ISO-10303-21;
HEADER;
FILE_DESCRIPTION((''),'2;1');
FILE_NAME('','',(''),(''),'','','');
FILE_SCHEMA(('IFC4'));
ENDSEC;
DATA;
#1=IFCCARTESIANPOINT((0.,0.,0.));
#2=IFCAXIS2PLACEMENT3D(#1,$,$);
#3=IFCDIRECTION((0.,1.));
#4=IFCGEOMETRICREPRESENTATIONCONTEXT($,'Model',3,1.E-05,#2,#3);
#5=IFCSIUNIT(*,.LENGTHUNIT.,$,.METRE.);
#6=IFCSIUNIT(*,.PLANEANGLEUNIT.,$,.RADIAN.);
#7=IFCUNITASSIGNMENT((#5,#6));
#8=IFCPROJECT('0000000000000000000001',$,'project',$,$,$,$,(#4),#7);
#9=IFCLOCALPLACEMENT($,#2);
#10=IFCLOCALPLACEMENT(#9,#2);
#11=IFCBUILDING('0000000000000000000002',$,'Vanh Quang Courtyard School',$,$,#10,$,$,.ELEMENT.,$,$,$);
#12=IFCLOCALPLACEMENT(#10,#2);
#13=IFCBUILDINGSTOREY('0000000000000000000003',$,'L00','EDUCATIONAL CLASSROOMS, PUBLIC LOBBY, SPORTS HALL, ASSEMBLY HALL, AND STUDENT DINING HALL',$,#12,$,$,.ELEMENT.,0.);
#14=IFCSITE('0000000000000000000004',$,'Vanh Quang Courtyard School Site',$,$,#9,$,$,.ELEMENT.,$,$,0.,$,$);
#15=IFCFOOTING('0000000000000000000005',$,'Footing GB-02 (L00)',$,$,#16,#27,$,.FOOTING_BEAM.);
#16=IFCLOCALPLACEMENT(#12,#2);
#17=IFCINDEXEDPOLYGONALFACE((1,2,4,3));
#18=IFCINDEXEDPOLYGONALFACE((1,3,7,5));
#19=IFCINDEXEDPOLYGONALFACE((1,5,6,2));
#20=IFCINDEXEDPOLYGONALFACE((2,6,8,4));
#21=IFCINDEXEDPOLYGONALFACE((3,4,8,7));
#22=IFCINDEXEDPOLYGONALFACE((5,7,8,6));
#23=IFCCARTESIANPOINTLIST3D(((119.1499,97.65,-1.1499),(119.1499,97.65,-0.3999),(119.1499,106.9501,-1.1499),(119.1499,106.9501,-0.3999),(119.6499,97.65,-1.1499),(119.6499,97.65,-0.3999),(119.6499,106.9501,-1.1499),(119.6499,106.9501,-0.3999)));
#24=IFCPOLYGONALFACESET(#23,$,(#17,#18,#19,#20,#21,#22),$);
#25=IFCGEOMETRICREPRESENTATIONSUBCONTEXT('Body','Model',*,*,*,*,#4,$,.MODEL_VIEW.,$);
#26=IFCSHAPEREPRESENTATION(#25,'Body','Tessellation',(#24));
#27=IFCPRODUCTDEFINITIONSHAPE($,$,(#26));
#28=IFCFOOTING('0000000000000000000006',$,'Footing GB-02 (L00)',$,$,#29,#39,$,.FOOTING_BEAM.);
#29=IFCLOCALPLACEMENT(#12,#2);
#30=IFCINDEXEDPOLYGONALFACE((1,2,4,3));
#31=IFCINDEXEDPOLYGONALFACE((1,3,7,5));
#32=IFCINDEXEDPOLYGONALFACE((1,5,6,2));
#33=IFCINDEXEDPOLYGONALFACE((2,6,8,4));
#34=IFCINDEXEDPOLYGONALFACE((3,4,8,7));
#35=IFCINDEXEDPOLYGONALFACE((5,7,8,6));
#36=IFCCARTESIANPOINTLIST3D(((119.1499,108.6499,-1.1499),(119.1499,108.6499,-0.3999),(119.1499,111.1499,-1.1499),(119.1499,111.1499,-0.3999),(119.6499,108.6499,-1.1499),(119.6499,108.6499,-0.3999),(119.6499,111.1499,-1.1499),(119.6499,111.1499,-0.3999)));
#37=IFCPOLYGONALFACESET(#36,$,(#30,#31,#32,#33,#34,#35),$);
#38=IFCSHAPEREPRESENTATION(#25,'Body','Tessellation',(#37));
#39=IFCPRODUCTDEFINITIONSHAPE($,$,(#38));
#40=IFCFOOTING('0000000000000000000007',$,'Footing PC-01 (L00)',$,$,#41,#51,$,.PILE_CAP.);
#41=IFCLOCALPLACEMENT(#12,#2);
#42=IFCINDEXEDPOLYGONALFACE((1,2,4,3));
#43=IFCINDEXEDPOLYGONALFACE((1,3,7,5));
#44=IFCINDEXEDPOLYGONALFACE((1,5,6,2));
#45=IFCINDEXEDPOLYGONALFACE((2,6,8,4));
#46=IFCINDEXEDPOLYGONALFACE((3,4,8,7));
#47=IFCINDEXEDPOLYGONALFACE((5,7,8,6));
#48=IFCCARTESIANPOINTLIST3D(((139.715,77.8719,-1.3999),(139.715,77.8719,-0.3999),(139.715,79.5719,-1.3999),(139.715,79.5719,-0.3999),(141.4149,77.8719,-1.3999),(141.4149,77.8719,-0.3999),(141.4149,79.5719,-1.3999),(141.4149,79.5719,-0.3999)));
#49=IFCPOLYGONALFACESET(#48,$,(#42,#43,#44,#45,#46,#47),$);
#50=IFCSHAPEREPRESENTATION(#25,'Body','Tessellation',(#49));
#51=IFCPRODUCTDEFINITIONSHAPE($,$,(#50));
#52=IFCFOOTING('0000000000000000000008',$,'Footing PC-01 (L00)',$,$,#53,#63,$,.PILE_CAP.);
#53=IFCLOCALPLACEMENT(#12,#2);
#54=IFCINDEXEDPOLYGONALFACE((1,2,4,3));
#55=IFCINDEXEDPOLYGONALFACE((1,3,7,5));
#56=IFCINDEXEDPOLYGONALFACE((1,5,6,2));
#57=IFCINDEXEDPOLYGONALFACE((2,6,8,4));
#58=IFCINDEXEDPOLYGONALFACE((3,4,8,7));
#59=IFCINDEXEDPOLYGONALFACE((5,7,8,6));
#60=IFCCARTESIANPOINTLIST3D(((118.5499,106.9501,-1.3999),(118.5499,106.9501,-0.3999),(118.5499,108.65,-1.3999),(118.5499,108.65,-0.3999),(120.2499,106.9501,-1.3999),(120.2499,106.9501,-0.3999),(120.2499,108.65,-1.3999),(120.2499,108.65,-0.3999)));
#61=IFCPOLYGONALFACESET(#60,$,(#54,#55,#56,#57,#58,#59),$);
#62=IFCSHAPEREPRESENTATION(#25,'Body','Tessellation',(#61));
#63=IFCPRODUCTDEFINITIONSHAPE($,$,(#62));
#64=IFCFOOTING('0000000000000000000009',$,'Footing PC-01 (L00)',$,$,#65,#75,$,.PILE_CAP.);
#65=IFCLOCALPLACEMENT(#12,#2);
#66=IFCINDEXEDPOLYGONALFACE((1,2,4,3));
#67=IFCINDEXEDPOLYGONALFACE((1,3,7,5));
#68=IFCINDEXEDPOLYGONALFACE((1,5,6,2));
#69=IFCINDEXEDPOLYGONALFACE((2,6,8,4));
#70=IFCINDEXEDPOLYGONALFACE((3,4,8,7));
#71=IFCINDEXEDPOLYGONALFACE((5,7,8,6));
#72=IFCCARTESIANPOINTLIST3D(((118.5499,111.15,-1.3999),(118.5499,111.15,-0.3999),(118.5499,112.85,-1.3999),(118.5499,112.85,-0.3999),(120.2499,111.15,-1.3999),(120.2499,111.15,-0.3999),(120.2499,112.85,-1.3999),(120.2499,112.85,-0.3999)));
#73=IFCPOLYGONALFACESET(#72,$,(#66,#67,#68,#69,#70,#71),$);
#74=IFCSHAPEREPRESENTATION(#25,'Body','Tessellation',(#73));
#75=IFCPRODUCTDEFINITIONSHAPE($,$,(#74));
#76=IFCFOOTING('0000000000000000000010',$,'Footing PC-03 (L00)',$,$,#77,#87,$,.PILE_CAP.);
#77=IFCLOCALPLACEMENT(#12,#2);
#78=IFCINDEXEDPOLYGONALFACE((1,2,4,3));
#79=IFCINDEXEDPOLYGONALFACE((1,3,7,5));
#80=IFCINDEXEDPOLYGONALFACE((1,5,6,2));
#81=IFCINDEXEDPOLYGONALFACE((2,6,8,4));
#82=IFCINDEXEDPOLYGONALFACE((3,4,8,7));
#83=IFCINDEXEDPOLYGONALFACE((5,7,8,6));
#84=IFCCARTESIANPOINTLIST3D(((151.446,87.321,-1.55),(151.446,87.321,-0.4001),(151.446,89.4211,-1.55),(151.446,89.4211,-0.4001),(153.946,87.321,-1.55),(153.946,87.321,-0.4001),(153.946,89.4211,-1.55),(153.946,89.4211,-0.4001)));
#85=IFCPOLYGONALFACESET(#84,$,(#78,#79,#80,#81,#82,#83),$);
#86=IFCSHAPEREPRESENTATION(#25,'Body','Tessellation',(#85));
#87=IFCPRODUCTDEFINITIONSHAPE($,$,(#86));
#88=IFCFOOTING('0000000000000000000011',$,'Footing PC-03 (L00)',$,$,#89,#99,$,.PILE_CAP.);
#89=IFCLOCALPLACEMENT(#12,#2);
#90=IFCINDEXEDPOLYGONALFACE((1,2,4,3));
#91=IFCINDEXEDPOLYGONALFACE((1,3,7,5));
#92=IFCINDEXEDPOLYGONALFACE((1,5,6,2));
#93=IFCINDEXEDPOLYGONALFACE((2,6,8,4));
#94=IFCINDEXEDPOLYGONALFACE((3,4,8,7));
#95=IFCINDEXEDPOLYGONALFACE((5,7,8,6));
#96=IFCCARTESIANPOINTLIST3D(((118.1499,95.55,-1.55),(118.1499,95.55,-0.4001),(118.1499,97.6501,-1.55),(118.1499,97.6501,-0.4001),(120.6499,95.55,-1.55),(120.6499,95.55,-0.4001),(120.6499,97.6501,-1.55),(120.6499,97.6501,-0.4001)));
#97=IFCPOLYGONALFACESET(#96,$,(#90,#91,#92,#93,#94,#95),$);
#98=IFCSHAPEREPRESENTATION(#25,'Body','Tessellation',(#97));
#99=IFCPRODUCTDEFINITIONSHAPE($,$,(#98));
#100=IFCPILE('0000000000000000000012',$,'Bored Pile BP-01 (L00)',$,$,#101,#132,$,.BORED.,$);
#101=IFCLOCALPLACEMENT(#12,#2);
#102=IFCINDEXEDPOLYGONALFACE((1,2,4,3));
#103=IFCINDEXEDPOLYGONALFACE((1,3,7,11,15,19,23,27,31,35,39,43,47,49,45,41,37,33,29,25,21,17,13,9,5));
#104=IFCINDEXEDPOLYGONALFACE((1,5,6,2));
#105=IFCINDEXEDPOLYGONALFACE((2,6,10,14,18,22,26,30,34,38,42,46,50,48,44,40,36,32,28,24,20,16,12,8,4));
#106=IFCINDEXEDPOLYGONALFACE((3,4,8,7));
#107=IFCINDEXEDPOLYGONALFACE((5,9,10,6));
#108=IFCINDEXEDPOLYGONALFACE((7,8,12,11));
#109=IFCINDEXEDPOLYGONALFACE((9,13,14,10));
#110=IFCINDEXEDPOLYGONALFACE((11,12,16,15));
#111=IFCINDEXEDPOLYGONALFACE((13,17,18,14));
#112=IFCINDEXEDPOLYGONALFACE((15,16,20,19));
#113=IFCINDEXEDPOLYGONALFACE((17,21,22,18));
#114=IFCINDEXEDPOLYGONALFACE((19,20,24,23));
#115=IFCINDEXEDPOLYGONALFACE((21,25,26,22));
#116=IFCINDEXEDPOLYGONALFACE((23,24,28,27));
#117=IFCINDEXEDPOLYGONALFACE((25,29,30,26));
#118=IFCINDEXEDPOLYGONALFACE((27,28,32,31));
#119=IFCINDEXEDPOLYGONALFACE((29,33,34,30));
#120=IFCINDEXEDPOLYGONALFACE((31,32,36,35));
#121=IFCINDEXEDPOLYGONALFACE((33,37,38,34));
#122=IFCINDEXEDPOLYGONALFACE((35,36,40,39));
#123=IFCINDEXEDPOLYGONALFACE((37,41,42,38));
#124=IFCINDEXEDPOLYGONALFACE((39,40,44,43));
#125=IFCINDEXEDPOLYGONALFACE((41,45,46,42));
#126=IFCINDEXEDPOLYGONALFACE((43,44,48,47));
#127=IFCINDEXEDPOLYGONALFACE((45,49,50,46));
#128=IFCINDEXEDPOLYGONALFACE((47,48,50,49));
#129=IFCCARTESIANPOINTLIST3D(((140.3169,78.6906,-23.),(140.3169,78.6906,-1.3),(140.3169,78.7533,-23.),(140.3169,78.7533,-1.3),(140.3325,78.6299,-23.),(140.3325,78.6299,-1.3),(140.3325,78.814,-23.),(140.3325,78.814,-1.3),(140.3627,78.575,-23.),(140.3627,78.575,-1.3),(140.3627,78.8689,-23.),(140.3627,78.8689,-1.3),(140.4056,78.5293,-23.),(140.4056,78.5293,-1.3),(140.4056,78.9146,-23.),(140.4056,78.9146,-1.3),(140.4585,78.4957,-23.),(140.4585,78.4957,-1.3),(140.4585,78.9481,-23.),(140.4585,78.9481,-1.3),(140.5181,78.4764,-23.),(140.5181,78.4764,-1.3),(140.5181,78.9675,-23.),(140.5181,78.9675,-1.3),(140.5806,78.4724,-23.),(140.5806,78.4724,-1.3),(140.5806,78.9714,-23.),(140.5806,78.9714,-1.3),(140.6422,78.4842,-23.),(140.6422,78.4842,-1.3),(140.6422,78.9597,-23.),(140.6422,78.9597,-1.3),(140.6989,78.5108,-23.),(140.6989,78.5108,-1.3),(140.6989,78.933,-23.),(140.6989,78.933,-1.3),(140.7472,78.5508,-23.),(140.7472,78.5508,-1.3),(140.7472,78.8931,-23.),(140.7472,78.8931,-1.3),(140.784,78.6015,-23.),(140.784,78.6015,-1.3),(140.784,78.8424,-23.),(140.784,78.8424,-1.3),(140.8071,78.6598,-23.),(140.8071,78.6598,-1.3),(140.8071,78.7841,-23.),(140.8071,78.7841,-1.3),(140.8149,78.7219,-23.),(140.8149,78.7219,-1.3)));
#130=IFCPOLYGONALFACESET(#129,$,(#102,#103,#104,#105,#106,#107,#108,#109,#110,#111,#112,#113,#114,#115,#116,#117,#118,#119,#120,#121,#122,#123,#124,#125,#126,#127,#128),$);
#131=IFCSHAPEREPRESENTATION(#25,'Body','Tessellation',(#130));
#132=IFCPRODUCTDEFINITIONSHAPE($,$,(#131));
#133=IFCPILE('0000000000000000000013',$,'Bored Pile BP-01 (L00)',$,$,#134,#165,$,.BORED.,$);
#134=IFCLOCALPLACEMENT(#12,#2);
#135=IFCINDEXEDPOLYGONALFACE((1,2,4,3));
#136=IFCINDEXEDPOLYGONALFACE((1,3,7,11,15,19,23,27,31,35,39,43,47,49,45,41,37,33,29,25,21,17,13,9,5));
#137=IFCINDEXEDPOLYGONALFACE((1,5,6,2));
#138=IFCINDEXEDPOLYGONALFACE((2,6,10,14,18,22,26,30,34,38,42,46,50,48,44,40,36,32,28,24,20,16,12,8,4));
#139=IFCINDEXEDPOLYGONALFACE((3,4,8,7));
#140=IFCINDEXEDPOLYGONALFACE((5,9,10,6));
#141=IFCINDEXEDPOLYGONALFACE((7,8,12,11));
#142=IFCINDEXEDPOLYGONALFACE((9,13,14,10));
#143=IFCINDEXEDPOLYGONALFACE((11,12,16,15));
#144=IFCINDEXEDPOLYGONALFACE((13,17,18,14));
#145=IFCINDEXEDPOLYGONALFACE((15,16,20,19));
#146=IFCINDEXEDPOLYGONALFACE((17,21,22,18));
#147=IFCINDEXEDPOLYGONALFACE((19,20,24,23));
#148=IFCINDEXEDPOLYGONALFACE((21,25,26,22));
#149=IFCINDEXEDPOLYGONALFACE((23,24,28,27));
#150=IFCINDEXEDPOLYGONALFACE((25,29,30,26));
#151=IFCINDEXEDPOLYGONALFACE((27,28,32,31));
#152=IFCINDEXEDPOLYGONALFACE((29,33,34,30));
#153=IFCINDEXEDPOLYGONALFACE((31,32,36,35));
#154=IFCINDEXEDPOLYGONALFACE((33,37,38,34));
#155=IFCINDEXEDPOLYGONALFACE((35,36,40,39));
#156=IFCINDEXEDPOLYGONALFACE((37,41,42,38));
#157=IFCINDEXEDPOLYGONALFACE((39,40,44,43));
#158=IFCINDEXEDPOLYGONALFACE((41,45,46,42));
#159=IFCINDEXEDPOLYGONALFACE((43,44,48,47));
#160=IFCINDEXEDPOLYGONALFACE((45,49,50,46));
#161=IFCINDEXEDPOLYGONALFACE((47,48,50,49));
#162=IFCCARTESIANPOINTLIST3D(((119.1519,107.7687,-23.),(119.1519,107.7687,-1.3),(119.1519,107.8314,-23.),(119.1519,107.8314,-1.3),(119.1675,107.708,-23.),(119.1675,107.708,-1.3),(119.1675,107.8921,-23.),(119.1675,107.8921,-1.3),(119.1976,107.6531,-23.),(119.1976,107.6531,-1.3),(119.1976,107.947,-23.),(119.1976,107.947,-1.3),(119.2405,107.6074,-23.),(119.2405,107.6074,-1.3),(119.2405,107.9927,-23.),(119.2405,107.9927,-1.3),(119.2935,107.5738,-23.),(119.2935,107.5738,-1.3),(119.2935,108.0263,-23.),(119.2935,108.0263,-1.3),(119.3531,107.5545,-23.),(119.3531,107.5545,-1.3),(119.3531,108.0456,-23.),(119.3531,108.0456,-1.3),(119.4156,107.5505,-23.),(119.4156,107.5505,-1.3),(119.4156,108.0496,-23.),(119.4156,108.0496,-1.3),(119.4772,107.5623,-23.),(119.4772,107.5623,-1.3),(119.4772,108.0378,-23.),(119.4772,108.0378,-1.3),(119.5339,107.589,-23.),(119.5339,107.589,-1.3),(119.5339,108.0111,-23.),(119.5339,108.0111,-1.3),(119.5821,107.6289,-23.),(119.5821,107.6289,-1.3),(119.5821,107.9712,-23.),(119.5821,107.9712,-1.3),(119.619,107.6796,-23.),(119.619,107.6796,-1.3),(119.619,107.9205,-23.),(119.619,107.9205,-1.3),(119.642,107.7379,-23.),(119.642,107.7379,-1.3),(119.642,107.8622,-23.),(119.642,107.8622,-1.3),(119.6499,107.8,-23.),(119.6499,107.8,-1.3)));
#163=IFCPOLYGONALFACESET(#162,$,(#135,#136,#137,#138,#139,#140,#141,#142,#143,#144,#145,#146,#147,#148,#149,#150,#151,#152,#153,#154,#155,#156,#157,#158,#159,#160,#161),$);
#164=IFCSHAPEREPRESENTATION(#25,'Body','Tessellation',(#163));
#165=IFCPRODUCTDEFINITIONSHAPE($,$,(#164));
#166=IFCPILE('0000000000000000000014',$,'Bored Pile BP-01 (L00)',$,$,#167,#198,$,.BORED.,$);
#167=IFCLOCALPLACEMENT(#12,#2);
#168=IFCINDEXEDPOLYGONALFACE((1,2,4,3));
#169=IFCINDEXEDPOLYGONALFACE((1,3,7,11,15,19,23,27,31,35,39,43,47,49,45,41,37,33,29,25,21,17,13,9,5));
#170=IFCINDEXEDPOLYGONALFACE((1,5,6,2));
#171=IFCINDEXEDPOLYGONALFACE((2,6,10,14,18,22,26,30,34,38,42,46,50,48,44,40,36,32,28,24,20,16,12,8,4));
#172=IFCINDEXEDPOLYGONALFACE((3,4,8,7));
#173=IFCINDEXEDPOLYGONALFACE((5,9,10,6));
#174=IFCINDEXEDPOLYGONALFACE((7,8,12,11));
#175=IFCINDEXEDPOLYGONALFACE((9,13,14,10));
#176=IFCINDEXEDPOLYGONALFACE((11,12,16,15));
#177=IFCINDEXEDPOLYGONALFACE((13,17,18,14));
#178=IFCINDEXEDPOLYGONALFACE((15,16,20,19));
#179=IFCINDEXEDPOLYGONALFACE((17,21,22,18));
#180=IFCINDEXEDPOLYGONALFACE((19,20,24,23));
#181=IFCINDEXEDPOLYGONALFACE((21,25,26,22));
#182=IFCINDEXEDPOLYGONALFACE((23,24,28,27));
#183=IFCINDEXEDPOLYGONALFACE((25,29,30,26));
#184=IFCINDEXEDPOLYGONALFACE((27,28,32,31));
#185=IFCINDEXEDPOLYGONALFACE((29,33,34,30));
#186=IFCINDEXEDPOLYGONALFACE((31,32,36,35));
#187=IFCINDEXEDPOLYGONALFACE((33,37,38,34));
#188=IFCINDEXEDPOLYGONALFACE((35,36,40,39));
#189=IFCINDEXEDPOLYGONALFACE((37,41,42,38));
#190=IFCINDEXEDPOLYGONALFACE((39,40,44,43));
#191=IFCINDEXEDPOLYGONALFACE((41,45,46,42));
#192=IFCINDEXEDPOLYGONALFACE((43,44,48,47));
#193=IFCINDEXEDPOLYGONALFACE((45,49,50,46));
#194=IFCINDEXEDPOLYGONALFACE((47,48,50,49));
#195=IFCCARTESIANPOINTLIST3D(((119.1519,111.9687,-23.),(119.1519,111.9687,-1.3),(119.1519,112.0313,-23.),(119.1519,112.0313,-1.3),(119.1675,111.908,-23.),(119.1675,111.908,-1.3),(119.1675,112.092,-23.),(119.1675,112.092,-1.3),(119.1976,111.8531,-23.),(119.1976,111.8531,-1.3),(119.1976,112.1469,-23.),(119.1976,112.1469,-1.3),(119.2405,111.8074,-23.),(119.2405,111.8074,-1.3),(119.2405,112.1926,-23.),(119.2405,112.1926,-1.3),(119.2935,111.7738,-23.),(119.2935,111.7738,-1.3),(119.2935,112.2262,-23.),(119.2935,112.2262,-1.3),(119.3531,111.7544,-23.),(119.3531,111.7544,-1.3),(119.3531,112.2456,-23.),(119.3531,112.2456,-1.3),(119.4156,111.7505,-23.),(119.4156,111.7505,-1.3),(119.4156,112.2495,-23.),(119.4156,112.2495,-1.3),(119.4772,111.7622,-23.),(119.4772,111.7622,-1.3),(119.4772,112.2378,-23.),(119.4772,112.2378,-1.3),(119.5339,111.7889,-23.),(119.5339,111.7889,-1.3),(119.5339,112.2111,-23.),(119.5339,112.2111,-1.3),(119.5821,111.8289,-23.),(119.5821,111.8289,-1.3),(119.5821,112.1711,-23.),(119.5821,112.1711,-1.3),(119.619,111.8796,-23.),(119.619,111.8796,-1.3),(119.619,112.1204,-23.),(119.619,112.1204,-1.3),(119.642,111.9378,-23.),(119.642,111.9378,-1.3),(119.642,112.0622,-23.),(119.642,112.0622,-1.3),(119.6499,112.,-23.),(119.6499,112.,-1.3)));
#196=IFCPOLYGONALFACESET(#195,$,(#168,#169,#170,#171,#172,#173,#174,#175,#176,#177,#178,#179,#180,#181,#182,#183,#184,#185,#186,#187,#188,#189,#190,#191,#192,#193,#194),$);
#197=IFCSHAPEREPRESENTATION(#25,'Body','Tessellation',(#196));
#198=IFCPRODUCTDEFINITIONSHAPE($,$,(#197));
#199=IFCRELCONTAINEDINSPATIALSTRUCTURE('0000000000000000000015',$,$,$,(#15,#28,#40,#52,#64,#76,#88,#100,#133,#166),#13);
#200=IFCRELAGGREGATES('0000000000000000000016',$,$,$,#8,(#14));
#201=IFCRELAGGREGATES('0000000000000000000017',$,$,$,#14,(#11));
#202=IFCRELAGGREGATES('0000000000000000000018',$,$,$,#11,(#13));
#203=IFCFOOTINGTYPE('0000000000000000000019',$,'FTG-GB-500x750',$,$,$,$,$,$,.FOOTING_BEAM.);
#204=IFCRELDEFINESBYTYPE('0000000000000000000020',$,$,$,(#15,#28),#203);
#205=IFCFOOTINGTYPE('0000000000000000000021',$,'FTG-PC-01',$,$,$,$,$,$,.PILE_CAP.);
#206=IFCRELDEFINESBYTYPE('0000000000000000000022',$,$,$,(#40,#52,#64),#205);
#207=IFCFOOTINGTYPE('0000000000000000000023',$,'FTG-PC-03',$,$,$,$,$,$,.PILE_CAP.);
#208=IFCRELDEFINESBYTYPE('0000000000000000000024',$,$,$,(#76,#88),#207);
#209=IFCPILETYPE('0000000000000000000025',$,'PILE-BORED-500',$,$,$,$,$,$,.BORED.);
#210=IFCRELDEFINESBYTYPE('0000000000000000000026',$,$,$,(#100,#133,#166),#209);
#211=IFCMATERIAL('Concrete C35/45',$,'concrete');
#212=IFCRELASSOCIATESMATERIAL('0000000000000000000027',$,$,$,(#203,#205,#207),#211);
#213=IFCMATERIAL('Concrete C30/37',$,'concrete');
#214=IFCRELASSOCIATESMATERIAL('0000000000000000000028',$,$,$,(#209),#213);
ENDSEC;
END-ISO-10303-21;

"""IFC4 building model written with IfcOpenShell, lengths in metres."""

from ifc_helpers import new_model, si_unit, direction, frame, origin, origin_2d, place, context, subcontext, project, spatial, rectangle, circle, extrude, material, material_profile, profile_set, type_object, element, save


model = new_model("IFC4")

# Units and contexts
model_context = context("Model", 3, precision=1e-05, world=origin(), true_north=direction((0.0, 1.0)))
body_context = subcontext(model_context, "Body", "Model", "MODEL_VIEW")
ifc_project = project(units=[si_unit("LENGTHUNIT", "METRE"), si_unit("PLANEANGLEUNIT", "RADIAN")], contexts=[model_context])

# Site, building, storey
site_placement = place(None, origin())
site = spatial("IfcSite", under=ifc_project, at=site_placement, Name="Vanh Quang Courtyard School Site", CompositionType="ELEMENT", RefElevation=0.0)
building_placement = place(site_placement, origin())
building = spatial("IfcBuilding", under=site, at=building_placement, Name="Vanh Quang Courtyard School", CompositionType="ELEMENT")
storey_placement = place(building_placement, origin())
storey = spatial("IfcBuildingStorey", under=building, at=storey_placement, Name="L00", Description="EDUCATIONAL CLASSROOMS, PUBLIC LOBBY, SPORTS HALL, ASSEMBLY HALL, AND STUDENT DINING HALL", CompositionType="ELEMENT", Elevation=0.0)

# Footings
ifc_material_1 = material(Name="Concrete C35/45", Category="concrete")
footing_type_1 = type_object("IfcFootingType", Name="FTG-GB-500x750", PredefinedType="FOOTING_BEAM", material=ifc_material_1)
footing_1_placement = place(storey_placement, frame((119.3999, 102.3, -1.1499), z_axis=(0.0, 0.0, 1.0), x_axis=(0.0, 1.0, 0.0)))
element("IfcFooting", 1, at=footing_1_placement, inside=storey, type_object=footing_type_1, Name="Footing GB-02 (L00)", PredefinedType="FOOTING_BEAM", context=body_context, shape_type="SweptSolid", body=[
    extrude(rectangle(XDim=9.3, YDim=0.5, at=origin_2d()), origin(), (0.0, 0.0, 1.0), 0.75),
])
footing_2_placement = place(storey_placement, frame((119.3999, 109.8999, -1.1499), z_axis=(0.0, 0.0, 1.0), x_axis=(0.0, 1.0, 0.0)))
element("IfcFooting", 2, at=footing_2_placement, inside=storey, type_object=footing_type_1, Name="Footing GB-02 (L00)", PredefinedType="FOOTING_BEAM", context=body_context, shape_type="SweptSolid", body=[
    extrude(rectangle(XDim=2.5, YDim=0.5, at=origin_2d()), origin(), (0.0, 0.0, 1.0), 0.75),
])
footing_type_2 = type_object("IfcFootingType", Name="FTG-PC-01", PredefinedType="PILE_CAP", material=ifc_material_1)
for number, where, z_axis, x_axis, name in (
    (3, (140.5649, 78.7219, -1.3999), (0.0, 0.0, 1.0), (1.0, 0.0, 0.0), "Footing PC-01 (L00)"),
    (4, (119.3999, 107.8, -1.3999), (0.0, 0.0, 1.0), (1.0, 0.0, 0.0), "Footing PC-01 (L00)"),
    (5, (119.3999, 112.0, -1.3999), (0.0, 0.0, 1.0), (1.0, 0.0, 0.0), "Footing PC-01 (L00)"),
):
    element("IfcFooting", number, at=place(storey_placement, frame(where, z_axis=z_axis, x_axis=x_axis)), inside=storey, type_object=footing_type_2, Name=name, PredefinedType="PILE_CAP", context=body_context, shape_type="SweptSolid", body=[
        extrude(rectangle(XDim=1.7, YDim=1.7, at=origin_2d()), origin(), (0.0, 0.0, 1.0), 1.0),
    ])
footing_type_3 = type_object("IfcFootingType", Name="FTG-PC-03", PredefinedType="PILE_CAP", material=ifc_material_1)
for number, where, z_axis, x_axis, name in (
    (6, (152.696, 88.3711, -1.55), (0.0, 0.0, 1.0), (1.0, 0.0, 0.0), "Footing PC-03 (L00)"),
    (7, (119.3999, 96.6001, -1.55), (0.0, 0.0, 1.0), (1.0, 0.0, 0.0), "Footing PC-03 (L00)"),
):
    element("IfcFooting", number, at=place(storey_placement, frame(where, z_axis=z_axis, x_axis=x_axis)), inside=storey, type_object=footing_type_3, Name=name, PredefinedType="PILE_CAP", context=body_context, shape_type="SweptSolid", body=[
        extrude(rectangle(XDim=2.5, YDim=2.1001, at=origin_2d()), origin(), (0.0, 0.0, 1.0), 1.1499),
    ])

# Piles
ifc_material_2 = material(Name="Concrete C30/37", Category="concrete")
ifc_material_profile_1 = material_profile(ifc_material_2, circle(Radius=0.25, at=origin_2d()), Name="PILE D500")
ifc_profile_set_1 = profile_set([ifc_material_profile_1], Name="Concrete C30/37")
pile_type_1 = type_object("IfcPileType", Name="PILE-BORED-500", PredefinedType="BORED", material=ifc_profile_set_1)
for number, where, z_axis, x_axis, name in (
    (8, (140.5649, 78.7219, -1.3), (0.0, 0.0, -1.0), (1.0, 0.0, 0.0), "Bored Pile BP-01 (L00)"),
    (9, (119.3999, 107.8, -1.3), (0.0, 0.0, -1.0), (1.0, 0.0, 0.0), "Bored Pile BP-01 (L00)"),
    (10, (119.3999, 112.0, -1.3), (0.0, 0.0, -1.0), (1.0, 0.0, 0.0), "Bored Pile BP-01 (L00)"),
):
    element("IfcPile", number, at=place(storey_placement, frame(where, z_axis=z_axis, x_axis=x_axis)), inside=storey, type_object=pile_type_1, Name=name, PredefinedType="BORED", context=body_context, shape_type="SweptSolid", body=[
        extrude(circle(Radius=0.25, at=origin_2d()), origin(), (0.0, 0.0, 1.0), 21.7),
    ])

save(model, "model.ifc")
